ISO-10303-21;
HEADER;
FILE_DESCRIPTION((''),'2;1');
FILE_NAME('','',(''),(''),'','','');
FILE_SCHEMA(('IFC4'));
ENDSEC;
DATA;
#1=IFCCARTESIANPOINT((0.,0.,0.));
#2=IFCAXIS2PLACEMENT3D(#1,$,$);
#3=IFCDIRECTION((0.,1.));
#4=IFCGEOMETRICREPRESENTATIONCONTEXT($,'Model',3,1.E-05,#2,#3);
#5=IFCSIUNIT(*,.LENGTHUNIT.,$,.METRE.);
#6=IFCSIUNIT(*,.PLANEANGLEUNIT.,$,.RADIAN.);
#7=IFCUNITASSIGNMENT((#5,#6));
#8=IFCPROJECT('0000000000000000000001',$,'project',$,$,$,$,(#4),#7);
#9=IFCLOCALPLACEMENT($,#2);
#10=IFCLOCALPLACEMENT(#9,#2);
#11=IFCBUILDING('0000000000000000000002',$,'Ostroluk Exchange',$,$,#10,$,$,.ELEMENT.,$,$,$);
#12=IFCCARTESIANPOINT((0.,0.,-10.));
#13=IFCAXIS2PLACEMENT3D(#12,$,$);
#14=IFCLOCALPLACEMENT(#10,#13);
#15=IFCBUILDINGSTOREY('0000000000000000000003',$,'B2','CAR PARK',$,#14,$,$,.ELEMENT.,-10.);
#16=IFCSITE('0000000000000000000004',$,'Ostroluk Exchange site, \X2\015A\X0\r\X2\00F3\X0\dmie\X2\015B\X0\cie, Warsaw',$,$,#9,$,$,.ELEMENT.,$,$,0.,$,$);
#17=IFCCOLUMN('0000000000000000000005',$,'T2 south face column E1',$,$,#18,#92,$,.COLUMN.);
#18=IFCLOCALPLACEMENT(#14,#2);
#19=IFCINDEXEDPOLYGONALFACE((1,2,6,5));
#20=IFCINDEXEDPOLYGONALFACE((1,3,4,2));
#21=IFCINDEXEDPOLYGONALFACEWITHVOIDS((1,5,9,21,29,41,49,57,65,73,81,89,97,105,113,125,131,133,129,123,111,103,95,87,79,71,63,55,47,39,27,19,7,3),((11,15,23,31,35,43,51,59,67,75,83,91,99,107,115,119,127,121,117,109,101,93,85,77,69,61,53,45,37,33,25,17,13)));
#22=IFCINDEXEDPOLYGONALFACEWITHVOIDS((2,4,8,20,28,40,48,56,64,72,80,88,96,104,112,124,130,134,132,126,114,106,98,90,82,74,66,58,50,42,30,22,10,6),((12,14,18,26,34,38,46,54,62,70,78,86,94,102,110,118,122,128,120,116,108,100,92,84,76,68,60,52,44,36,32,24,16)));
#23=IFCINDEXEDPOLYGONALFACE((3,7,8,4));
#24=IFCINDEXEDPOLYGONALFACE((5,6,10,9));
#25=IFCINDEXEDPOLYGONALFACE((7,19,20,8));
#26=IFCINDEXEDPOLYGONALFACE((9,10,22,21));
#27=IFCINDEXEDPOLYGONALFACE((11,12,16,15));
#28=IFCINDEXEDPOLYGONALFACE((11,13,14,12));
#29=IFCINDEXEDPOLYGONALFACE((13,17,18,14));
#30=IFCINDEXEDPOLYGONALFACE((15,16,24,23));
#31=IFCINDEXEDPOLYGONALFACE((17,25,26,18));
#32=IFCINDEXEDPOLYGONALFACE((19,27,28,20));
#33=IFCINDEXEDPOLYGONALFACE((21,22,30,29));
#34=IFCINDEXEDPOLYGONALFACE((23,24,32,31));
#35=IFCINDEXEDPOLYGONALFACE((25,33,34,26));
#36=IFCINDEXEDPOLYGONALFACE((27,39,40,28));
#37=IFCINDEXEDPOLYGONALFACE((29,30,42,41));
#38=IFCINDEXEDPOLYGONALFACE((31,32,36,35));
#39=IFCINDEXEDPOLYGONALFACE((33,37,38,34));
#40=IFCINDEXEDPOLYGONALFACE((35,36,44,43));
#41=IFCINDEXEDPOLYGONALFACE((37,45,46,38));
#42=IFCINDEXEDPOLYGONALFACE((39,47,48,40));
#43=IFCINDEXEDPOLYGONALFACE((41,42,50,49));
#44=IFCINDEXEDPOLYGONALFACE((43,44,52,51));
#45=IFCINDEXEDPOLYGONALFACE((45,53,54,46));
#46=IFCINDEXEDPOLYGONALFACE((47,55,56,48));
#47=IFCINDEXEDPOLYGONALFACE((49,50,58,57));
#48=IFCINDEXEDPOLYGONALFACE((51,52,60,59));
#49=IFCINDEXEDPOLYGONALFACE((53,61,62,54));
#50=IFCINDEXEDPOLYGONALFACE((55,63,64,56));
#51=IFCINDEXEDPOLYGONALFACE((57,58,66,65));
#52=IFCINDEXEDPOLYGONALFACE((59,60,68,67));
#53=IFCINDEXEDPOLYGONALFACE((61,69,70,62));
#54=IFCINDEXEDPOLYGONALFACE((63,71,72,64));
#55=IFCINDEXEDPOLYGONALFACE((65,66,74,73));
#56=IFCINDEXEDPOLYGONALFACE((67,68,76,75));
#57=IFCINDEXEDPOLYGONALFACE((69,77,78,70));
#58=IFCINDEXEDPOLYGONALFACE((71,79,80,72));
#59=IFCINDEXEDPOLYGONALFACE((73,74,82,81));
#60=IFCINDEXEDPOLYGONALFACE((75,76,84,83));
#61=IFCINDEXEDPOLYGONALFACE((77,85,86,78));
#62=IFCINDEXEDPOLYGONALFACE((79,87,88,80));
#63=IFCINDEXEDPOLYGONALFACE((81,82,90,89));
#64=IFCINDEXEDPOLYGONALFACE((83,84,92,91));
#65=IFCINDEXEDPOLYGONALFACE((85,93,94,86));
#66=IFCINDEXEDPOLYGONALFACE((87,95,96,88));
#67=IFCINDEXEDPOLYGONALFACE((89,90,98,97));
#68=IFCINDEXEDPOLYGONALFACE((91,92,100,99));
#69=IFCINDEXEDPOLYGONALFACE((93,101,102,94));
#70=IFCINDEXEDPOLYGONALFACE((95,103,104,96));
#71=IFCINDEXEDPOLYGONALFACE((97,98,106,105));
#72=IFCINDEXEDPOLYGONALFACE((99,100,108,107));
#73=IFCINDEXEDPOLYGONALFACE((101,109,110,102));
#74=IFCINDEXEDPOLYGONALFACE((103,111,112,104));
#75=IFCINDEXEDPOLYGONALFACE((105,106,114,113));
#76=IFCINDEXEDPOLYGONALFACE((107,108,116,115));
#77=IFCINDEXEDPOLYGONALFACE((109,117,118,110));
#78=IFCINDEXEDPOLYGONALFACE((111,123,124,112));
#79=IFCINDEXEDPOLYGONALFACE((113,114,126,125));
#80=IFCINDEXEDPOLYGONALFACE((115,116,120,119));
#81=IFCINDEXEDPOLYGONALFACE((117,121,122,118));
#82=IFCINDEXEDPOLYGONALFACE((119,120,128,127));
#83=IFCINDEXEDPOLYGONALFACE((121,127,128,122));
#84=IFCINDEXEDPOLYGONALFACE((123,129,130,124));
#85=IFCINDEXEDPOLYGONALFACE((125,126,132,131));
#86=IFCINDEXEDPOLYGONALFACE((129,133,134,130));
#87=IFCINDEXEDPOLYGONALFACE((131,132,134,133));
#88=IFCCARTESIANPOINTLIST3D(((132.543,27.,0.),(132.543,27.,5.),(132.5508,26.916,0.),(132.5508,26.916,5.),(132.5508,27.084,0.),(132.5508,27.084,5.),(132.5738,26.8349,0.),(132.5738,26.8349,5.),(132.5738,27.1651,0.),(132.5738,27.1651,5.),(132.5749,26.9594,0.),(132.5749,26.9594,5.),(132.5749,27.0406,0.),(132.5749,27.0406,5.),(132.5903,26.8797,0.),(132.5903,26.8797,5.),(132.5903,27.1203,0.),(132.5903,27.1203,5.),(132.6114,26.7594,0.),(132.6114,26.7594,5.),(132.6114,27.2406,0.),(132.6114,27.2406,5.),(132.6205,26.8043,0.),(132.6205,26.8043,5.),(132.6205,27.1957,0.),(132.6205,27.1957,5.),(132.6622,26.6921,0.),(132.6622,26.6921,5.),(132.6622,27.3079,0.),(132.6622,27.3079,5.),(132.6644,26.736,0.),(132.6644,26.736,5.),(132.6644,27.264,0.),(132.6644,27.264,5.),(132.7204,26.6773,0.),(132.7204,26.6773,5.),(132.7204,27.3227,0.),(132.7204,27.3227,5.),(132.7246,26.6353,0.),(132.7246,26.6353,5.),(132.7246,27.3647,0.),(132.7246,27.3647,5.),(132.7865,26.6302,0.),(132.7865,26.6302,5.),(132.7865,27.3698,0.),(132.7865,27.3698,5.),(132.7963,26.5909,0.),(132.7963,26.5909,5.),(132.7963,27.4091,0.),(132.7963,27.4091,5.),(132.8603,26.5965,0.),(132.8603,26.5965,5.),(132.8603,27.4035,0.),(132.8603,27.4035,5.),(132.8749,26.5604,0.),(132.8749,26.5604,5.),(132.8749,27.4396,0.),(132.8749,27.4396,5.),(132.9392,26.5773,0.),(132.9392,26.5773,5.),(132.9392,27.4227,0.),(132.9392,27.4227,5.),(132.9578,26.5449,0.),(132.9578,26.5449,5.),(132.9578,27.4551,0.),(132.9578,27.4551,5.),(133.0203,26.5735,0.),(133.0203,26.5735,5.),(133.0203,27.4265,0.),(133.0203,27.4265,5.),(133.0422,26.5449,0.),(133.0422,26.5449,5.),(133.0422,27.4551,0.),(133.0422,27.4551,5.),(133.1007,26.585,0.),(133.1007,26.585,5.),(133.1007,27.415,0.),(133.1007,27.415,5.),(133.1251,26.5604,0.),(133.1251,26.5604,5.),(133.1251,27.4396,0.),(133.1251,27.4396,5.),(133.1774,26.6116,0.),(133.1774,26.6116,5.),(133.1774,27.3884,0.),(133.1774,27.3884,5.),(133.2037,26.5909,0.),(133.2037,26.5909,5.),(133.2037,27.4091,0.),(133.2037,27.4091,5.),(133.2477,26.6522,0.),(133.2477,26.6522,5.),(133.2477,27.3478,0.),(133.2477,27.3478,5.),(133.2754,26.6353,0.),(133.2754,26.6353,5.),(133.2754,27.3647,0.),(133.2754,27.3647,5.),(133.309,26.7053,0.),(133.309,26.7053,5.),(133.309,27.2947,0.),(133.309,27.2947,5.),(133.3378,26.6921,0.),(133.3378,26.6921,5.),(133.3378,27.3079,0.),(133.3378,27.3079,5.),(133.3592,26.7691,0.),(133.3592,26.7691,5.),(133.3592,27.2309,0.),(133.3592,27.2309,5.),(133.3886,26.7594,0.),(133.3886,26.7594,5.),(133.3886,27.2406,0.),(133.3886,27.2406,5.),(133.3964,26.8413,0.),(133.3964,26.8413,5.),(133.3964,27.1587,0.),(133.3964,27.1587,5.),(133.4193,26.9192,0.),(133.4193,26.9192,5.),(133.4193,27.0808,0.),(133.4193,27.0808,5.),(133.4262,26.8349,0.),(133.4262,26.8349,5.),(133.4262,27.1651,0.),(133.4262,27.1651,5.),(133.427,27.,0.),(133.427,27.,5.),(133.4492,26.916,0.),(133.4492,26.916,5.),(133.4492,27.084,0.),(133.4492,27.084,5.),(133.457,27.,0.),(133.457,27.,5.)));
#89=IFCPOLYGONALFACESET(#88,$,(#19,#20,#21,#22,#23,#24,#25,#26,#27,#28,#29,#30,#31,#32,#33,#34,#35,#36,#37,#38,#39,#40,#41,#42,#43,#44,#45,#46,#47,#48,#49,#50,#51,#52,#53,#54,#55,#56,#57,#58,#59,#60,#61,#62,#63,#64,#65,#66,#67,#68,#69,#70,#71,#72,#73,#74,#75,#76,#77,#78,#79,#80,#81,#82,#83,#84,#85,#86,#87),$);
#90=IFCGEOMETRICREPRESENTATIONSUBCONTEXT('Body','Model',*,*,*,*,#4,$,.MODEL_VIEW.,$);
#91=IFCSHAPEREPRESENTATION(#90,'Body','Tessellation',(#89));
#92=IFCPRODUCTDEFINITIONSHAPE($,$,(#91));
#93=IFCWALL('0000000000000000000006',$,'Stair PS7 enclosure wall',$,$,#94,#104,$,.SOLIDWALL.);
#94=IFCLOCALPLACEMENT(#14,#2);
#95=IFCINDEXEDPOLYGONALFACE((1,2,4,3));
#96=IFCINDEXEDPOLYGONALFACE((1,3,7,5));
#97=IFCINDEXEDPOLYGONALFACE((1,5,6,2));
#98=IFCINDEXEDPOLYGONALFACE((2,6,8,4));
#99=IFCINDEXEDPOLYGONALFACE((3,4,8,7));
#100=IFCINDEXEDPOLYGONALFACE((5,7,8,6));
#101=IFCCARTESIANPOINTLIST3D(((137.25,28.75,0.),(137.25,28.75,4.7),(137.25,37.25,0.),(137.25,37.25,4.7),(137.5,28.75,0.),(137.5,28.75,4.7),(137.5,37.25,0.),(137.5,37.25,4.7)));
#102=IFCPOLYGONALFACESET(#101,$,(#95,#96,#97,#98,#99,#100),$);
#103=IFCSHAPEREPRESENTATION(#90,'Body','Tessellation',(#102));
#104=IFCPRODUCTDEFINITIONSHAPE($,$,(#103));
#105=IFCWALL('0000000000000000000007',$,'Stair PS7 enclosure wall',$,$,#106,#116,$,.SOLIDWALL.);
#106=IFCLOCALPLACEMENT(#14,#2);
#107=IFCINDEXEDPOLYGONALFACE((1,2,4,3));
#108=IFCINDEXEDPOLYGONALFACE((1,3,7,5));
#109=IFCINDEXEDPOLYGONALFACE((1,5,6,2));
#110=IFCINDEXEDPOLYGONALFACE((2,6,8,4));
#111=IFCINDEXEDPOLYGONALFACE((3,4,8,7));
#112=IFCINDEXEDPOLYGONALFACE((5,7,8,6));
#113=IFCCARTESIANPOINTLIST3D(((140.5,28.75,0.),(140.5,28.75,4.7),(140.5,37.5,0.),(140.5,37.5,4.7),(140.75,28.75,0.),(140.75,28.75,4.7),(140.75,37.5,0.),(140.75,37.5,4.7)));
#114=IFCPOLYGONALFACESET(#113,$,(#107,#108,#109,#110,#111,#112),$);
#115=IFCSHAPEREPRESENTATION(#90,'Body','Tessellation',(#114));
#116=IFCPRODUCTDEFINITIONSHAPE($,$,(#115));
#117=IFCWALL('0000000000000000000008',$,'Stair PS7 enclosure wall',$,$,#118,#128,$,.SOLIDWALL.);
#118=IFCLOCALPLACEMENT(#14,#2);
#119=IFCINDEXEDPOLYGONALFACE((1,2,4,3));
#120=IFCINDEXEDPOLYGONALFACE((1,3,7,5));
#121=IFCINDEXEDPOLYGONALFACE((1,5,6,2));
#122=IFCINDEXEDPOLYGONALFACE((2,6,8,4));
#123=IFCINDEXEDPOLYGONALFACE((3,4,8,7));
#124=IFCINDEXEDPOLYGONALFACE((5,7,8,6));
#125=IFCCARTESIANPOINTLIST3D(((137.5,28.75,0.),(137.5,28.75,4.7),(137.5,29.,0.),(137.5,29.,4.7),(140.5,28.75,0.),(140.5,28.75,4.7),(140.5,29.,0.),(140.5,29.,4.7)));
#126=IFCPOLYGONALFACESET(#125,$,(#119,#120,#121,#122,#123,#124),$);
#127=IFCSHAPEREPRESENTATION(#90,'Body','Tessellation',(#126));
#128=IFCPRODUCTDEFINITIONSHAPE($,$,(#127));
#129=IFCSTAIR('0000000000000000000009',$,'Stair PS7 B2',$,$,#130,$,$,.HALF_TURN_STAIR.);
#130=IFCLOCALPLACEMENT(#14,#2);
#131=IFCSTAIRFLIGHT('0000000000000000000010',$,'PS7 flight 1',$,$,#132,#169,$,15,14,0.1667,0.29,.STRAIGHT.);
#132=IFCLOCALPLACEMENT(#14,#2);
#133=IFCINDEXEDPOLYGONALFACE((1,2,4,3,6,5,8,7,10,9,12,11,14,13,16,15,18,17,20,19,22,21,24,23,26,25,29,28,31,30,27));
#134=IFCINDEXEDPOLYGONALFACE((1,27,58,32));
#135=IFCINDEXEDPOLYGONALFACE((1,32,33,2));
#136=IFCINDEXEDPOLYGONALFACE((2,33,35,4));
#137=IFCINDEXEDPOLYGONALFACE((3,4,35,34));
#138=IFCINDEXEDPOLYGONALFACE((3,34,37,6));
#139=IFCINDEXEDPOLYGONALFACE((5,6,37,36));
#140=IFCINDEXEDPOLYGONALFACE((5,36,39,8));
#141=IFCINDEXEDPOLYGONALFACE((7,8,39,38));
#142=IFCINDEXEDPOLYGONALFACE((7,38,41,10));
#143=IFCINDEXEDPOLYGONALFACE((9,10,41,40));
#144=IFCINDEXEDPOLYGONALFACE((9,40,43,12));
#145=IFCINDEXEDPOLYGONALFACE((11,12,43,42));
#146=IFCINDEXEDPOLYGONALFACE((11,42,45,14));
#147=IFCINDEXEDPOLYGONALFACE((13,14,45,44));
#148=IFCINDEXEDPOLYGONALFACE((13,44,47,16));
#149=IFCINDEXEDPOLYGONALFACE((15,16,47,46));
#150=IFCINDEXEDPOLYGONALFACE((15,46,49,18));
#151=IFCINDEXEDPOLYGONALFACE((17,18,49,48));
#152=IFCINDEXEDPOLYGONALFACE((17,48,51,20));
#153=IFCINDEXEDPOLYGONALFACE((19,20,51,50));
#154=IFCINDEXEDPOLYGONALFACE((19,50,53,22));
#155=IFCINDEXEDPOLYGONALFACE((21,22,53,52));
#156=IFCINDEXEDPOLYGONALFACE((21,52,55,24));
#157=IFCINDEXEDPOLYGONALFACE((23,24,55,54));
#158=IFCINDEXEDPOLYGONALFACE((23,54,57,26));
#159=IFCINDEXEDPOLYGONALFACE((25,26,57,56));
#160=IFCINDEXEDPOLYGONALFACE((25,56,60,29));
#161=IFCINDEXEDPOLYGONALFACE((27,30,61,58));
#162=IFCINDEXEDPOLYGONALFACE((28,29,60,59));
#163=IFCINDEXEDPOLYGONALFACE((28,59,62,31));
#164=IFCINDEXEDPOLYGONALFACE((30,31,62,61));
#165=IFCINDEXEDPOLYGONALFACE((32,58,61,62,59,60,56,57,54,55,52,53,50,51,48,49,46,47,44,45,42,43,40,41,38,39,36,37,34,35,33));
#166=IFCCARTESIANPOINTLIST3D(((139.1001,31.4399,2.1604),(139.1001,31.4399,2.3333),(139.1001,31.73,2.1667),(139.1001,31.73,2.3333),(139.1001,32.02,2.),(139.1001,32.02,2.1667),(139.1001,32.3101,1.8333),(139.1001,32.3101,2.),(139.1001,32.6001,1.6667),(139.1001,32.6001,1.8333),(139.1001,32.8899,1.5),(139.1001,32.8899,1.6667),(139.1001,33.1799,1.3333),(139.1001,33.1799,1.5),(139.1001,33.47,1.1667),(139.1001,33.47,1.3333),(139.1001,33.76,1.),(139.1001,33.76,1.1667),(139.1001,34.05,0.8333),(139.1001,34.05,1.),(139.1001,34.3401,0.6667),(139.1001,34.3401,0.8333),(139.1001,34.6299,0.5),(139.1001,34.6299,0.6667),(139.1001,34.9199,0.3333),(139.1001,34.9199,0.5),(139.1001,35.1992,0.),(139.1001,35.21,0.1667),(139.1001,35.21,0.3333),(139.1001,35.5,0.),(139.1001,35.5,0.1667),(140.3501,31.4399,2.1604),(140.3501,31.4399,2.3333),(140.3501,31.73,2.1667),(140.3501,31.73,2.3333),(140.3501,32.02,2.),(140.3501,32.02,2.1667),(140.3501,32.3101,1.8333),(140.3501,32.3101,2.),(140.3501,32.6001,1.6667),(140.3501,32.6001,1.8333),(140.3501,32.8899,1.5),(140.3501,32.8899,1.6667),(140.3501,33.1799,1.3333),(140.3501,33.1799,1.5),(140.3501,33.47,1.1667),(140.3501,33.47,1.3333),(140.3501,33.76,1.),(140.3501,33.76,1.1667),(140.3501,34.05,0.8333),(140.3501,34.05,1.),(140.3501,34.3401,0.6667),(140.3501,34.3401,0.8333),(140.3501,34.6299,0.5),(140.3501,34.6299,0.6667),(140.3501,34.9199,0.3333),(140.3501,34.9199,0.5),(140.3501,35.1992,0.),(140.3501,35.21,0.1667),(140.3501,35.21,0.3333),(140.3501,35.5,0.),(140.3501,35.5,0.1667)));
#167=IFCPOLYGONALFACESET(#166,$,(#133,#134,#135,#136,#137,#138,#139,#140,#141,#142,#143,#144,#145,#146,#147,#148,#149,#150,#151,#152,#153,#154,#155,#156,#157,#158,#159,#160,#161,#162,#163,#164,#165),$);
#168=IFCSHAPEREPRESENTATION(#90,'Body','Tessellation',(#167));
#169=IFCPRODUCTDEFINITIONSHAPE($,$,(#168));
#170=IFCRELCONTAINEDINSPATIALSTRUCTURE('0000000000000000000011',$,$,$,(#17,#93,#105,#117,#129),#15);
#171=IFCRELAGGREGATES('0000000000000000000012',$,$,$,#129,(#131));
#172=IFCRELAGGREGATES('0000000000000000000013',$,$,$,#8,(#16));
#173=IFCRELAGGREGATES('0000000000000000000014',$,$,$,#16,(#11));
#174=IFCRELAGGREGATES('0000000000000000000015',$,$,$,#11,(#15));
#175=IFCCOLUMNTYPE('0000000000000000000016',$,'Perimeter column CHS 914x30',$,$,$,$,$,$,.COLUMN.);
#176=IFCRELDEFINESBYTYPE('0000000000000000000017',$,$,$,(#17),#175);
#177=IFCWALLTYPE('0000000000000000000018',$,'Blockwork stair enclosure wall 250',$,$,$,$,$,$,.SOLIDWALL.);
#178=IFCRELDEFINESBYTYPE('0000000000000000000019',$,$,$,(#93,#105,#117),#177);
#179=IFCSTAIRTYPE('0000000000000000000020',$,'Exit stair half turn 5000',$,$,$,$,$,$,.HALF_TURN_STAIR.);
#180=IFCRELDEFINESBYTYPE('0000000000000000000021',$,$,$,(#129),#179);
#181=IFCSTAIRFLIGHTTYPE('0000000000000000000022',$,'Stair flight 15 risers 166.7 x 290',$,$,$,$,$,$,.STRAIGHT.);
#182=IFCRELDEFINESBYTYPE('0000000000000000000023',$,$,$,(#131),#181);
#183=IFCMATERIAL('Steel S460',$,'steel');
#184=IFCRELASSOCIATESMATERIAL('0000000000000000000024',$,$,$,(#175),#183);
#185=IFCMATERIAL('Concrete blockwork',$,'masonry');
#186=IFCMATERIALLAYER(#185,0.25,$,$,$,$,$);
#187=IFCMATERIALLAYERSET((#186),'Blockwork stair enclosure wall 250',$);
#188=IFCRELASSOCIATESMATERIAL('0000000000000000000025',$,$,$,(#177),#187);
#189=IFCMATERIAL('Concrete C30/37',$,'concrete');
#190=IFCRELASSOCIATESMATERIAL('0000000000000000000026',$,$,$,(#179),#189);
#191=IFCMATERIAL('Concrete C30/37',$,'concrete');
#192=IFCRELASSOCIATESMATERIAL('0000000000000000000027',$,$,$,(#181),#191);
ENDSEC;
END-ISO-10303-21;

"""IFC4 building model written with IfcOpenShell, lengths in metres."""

from ifc_helpers import new_model, si_unit, direction, frame, frame_2d, origin, origin_2d, place, context, subcontext, project, spatial, polyline, rectangle, hollow_circle, outline, extrude, material, layer, layer_set, material_profile, profile_set, type_object, element, aggregate, save


model = new_model("IFC4")

# Units and contexts
model_context = context("Model", 3, precision=1e-05, world=origin(), true_north=direction((0.0, 1.0)))
body_context = subcontext(model_context, "Body", "Model", "MODEL_VIEW")
ifc_project = project(units=[si_unit("LENGTHUNIT", "METRE"), si_unit("PLANEANGLEUNIT", "RADIAN")], contexts=[model_context])

# Site, building, storey
site_placement = place(None, origin())
site = spatial("IfcSite", under=ifc_project, at=site_placement, Name="Ostroluk Exchange site, Śródmieście, Warsaw", CompositionType="ELEMENT", RefElevation=0.0)
building_placement = place(site_placement, origin())
building = spatial("IfcBuilding", under=site, at=building_placement, Name="Ostroluk Exchange", CompositionType="ELEMENT")
storey_placement = place(building_placement, frame((0.0, 0.0, -10.0)))
storey = spatial("IfcBuildingStorey", under=building, at=storey_placement, Name="B2", Description="CAR PARK", CompositionType="ELEMENT", Elevation=-10.0)

# Column
ifc_material_1 = material(Name="Steel S460", Category="steel")
ifc_material_profile_1 = material_profile(ifc_material_1, hollow_circle(Radius=0.457, WallThickness=0.03, at=origin_2d()), Name="CHS 914x30")
ifc_profile_set_1 = profile_set([ifc_material_profile_1], Name="Steel S460")
column_type_1 = type_object("IfcColumnType", Name="Perimeter column CHS 914x30", PredefinedType="COLUMN", material=ifc_profile_set_1)
for number, where, z_axis, x_axis, name in (
    (1, (133.0, 27.0, 0.0), (0.0, 0.0, 1.0), (1.0, 0.0, 0.0), "T2 south face column E1"),
):
    element("IfcColumn", number, at=place(storey_placement, frame(where, z_axis=z_axis, x_axis=x_axis)), inside=storey, type_object=column_type_1, Name=name, PredefinedType="COLUMN", context=body_context, shape_type="SweptSolid", body=[
        extrude(hollow_circle(Radius=0.457, WallThickness=0.03, at=origin_2d()), origin(), (0.0, 0.0, 1.0), 5.0),
    ])

# Walls
ifc_material_2 = material(Name="Concrete blockwork", Category="masonry")
ifc_layer = layer(ifc_material_2, 0.25)
ifc_layer_set = layer_set([ifc_layer], Name="Blockwork stair enclosure wall 250")
wall_type = type_object("IfcWallType", Name="Blockwork stair enclosure wall 250", PredefinedType="SOLIDWALL", material=ifc_layer_set)
wall_1_placement = place(storey_placement, frame((137.375, 28.75, 0.0), z_axis=(0.0, 0.0, 1.0), x_axis=(0.0, 1.0, 0.0)))
element("IfcWall", 2, at=wall_1_placement, inside=storey, type_object=wall_type, Name="Stair PS7 enclosure wall", PredefinedType="SOLIDWALL", context=body_context, shape_type="SweptSolid", body=[
    extrude(rectangle(XDim=8.5, YDim=0.25, at=frame_2d((4.25, 0.0))), origin(), (0.0, 0.0, 1.0), 4.7),
])
wall_2_placement = place(storey_placement, frame((140.625, 28.75, 0.0), z_axis=(0.0, 0.0, 1.0), x_axis=(0.0, 1.0, 0.0)))
element("IfcWall", 3, at=wall_2_placement, inside=storey, type_object=wall_type, Name="Stair PS7 enclosure wall", PredefinedType="SOLIDWALL", context=body_context, shape_type="SweptSolid", body=[
    extrude(rectangle(XDim=8.75, YDim=0.25, at=frame_2d((4.375, 0.0))), origin(), (0.0, 0.0, 1.0), 4.7),
])
wall_3_placement = place(storey_placement, frame((137.5, 28.875, 0.0), z_axis=(0.0, 0.0, 1.0), x_axis=(1.0, 0.0, 0.0)))
element("IfcWall", 4, at=wall_3_placement, inside=storey, type_object=wall_type, Name="Stair PS7 enclosure wall", PredefinedType="SOLIDWALL", context=body_context, shape_type="SweptSolid", body=[
    extrude(rectangle(XDim=3.0, YDim=0.25, at=frame_2d((1.5, 0.0))), origin(), (0.0, 0.0, 1.0), 4.7),
])

# Stair, stair flight
ifc_material_3 = material(Name="Concrete C30/37", Category="concrete")
stair_type = type_object("IfcStairType", Name="Exit stair half turn 5000", PredefinedType="HALF_TURN_STAIR", material=ifc_material_3)
stair_placement = place(storey_placement, origin())
stair = element("IfcStair", 5, at=stair_placement, inside=storey, type_object=stair_type, Name="Stair PS7 B2", PredefinedType="HALF_TURN_STAIR")
ifc_material_4 = material(Name="Concrete C30/37", Category="concrete")
stair_flight_type = type_object("IfcStairFlightType", Name="Stair flight 15 risers 166.7 x 290", PredefinedType="STRAIGHT", material=ifc_material_4)
stair_flight_1_placement = place(storey_placement, frame((139.7251, 35.5, 0.0), z_axis=(0.0, 0.0, 1.0), x_axis=(0.0, -1.0, 0.0)))
stair_flight_1 = element("IfcStairFlight", 6, at=stair_flight_1_placement, type_object=stair_flight_type, Name="PS7 flight 1", NumberOfRisers=15, NumberOfTreads=14, PredefinedType="STRAIGHT", RiserHeight=0.1667, TreadLength=0.29, context=body_context, shape_type="SweptSolid", body=[
    extrude(outline(polyline([(0.0, 0.0), (0.0, 0.1667), (0.29, 0.1667), (0.29, 0.3333), (0.5801, 0.3333), (0.5801, 0.5), (0.8701, 0.5), (0.8701, 0.6667), (1.1599, 0.6667), (1.1599, 0.8333), (1.45, 0.8333), (1.45, 1.0), (1.74, 1.0), (1.74, 1.1667), (2.03, 1.1667), (2.03, 1.3333), (2.3201, 1.3333), (2.3201, 1.5), (2.6101, 1.5), (2.6101, 1.6667), (2.8999, 1.6667), (2.8999, 1.8333), (3.1899, 1.8333), (3.1899, 2.0), (3.48, 2.0), (3.48, 2.1667), (3.77, 2.1667), (3.77, 2.3333), (4.0601, 2.3333), (4.0601, 2.5), (4.0601, 2.1604), (0.3008, 0.0), (0.0, 0.0)])), frame((0.0, 0.625, 0.0), z_axis=(0.0, -1.0, 0.0), x_axis=(1.0, 0.0, 0.0)), (0.0, 0.0, 1.0), 1.25),
])
aggregate(stair, [stair_flight_1])

save(model, "model.ifc")
